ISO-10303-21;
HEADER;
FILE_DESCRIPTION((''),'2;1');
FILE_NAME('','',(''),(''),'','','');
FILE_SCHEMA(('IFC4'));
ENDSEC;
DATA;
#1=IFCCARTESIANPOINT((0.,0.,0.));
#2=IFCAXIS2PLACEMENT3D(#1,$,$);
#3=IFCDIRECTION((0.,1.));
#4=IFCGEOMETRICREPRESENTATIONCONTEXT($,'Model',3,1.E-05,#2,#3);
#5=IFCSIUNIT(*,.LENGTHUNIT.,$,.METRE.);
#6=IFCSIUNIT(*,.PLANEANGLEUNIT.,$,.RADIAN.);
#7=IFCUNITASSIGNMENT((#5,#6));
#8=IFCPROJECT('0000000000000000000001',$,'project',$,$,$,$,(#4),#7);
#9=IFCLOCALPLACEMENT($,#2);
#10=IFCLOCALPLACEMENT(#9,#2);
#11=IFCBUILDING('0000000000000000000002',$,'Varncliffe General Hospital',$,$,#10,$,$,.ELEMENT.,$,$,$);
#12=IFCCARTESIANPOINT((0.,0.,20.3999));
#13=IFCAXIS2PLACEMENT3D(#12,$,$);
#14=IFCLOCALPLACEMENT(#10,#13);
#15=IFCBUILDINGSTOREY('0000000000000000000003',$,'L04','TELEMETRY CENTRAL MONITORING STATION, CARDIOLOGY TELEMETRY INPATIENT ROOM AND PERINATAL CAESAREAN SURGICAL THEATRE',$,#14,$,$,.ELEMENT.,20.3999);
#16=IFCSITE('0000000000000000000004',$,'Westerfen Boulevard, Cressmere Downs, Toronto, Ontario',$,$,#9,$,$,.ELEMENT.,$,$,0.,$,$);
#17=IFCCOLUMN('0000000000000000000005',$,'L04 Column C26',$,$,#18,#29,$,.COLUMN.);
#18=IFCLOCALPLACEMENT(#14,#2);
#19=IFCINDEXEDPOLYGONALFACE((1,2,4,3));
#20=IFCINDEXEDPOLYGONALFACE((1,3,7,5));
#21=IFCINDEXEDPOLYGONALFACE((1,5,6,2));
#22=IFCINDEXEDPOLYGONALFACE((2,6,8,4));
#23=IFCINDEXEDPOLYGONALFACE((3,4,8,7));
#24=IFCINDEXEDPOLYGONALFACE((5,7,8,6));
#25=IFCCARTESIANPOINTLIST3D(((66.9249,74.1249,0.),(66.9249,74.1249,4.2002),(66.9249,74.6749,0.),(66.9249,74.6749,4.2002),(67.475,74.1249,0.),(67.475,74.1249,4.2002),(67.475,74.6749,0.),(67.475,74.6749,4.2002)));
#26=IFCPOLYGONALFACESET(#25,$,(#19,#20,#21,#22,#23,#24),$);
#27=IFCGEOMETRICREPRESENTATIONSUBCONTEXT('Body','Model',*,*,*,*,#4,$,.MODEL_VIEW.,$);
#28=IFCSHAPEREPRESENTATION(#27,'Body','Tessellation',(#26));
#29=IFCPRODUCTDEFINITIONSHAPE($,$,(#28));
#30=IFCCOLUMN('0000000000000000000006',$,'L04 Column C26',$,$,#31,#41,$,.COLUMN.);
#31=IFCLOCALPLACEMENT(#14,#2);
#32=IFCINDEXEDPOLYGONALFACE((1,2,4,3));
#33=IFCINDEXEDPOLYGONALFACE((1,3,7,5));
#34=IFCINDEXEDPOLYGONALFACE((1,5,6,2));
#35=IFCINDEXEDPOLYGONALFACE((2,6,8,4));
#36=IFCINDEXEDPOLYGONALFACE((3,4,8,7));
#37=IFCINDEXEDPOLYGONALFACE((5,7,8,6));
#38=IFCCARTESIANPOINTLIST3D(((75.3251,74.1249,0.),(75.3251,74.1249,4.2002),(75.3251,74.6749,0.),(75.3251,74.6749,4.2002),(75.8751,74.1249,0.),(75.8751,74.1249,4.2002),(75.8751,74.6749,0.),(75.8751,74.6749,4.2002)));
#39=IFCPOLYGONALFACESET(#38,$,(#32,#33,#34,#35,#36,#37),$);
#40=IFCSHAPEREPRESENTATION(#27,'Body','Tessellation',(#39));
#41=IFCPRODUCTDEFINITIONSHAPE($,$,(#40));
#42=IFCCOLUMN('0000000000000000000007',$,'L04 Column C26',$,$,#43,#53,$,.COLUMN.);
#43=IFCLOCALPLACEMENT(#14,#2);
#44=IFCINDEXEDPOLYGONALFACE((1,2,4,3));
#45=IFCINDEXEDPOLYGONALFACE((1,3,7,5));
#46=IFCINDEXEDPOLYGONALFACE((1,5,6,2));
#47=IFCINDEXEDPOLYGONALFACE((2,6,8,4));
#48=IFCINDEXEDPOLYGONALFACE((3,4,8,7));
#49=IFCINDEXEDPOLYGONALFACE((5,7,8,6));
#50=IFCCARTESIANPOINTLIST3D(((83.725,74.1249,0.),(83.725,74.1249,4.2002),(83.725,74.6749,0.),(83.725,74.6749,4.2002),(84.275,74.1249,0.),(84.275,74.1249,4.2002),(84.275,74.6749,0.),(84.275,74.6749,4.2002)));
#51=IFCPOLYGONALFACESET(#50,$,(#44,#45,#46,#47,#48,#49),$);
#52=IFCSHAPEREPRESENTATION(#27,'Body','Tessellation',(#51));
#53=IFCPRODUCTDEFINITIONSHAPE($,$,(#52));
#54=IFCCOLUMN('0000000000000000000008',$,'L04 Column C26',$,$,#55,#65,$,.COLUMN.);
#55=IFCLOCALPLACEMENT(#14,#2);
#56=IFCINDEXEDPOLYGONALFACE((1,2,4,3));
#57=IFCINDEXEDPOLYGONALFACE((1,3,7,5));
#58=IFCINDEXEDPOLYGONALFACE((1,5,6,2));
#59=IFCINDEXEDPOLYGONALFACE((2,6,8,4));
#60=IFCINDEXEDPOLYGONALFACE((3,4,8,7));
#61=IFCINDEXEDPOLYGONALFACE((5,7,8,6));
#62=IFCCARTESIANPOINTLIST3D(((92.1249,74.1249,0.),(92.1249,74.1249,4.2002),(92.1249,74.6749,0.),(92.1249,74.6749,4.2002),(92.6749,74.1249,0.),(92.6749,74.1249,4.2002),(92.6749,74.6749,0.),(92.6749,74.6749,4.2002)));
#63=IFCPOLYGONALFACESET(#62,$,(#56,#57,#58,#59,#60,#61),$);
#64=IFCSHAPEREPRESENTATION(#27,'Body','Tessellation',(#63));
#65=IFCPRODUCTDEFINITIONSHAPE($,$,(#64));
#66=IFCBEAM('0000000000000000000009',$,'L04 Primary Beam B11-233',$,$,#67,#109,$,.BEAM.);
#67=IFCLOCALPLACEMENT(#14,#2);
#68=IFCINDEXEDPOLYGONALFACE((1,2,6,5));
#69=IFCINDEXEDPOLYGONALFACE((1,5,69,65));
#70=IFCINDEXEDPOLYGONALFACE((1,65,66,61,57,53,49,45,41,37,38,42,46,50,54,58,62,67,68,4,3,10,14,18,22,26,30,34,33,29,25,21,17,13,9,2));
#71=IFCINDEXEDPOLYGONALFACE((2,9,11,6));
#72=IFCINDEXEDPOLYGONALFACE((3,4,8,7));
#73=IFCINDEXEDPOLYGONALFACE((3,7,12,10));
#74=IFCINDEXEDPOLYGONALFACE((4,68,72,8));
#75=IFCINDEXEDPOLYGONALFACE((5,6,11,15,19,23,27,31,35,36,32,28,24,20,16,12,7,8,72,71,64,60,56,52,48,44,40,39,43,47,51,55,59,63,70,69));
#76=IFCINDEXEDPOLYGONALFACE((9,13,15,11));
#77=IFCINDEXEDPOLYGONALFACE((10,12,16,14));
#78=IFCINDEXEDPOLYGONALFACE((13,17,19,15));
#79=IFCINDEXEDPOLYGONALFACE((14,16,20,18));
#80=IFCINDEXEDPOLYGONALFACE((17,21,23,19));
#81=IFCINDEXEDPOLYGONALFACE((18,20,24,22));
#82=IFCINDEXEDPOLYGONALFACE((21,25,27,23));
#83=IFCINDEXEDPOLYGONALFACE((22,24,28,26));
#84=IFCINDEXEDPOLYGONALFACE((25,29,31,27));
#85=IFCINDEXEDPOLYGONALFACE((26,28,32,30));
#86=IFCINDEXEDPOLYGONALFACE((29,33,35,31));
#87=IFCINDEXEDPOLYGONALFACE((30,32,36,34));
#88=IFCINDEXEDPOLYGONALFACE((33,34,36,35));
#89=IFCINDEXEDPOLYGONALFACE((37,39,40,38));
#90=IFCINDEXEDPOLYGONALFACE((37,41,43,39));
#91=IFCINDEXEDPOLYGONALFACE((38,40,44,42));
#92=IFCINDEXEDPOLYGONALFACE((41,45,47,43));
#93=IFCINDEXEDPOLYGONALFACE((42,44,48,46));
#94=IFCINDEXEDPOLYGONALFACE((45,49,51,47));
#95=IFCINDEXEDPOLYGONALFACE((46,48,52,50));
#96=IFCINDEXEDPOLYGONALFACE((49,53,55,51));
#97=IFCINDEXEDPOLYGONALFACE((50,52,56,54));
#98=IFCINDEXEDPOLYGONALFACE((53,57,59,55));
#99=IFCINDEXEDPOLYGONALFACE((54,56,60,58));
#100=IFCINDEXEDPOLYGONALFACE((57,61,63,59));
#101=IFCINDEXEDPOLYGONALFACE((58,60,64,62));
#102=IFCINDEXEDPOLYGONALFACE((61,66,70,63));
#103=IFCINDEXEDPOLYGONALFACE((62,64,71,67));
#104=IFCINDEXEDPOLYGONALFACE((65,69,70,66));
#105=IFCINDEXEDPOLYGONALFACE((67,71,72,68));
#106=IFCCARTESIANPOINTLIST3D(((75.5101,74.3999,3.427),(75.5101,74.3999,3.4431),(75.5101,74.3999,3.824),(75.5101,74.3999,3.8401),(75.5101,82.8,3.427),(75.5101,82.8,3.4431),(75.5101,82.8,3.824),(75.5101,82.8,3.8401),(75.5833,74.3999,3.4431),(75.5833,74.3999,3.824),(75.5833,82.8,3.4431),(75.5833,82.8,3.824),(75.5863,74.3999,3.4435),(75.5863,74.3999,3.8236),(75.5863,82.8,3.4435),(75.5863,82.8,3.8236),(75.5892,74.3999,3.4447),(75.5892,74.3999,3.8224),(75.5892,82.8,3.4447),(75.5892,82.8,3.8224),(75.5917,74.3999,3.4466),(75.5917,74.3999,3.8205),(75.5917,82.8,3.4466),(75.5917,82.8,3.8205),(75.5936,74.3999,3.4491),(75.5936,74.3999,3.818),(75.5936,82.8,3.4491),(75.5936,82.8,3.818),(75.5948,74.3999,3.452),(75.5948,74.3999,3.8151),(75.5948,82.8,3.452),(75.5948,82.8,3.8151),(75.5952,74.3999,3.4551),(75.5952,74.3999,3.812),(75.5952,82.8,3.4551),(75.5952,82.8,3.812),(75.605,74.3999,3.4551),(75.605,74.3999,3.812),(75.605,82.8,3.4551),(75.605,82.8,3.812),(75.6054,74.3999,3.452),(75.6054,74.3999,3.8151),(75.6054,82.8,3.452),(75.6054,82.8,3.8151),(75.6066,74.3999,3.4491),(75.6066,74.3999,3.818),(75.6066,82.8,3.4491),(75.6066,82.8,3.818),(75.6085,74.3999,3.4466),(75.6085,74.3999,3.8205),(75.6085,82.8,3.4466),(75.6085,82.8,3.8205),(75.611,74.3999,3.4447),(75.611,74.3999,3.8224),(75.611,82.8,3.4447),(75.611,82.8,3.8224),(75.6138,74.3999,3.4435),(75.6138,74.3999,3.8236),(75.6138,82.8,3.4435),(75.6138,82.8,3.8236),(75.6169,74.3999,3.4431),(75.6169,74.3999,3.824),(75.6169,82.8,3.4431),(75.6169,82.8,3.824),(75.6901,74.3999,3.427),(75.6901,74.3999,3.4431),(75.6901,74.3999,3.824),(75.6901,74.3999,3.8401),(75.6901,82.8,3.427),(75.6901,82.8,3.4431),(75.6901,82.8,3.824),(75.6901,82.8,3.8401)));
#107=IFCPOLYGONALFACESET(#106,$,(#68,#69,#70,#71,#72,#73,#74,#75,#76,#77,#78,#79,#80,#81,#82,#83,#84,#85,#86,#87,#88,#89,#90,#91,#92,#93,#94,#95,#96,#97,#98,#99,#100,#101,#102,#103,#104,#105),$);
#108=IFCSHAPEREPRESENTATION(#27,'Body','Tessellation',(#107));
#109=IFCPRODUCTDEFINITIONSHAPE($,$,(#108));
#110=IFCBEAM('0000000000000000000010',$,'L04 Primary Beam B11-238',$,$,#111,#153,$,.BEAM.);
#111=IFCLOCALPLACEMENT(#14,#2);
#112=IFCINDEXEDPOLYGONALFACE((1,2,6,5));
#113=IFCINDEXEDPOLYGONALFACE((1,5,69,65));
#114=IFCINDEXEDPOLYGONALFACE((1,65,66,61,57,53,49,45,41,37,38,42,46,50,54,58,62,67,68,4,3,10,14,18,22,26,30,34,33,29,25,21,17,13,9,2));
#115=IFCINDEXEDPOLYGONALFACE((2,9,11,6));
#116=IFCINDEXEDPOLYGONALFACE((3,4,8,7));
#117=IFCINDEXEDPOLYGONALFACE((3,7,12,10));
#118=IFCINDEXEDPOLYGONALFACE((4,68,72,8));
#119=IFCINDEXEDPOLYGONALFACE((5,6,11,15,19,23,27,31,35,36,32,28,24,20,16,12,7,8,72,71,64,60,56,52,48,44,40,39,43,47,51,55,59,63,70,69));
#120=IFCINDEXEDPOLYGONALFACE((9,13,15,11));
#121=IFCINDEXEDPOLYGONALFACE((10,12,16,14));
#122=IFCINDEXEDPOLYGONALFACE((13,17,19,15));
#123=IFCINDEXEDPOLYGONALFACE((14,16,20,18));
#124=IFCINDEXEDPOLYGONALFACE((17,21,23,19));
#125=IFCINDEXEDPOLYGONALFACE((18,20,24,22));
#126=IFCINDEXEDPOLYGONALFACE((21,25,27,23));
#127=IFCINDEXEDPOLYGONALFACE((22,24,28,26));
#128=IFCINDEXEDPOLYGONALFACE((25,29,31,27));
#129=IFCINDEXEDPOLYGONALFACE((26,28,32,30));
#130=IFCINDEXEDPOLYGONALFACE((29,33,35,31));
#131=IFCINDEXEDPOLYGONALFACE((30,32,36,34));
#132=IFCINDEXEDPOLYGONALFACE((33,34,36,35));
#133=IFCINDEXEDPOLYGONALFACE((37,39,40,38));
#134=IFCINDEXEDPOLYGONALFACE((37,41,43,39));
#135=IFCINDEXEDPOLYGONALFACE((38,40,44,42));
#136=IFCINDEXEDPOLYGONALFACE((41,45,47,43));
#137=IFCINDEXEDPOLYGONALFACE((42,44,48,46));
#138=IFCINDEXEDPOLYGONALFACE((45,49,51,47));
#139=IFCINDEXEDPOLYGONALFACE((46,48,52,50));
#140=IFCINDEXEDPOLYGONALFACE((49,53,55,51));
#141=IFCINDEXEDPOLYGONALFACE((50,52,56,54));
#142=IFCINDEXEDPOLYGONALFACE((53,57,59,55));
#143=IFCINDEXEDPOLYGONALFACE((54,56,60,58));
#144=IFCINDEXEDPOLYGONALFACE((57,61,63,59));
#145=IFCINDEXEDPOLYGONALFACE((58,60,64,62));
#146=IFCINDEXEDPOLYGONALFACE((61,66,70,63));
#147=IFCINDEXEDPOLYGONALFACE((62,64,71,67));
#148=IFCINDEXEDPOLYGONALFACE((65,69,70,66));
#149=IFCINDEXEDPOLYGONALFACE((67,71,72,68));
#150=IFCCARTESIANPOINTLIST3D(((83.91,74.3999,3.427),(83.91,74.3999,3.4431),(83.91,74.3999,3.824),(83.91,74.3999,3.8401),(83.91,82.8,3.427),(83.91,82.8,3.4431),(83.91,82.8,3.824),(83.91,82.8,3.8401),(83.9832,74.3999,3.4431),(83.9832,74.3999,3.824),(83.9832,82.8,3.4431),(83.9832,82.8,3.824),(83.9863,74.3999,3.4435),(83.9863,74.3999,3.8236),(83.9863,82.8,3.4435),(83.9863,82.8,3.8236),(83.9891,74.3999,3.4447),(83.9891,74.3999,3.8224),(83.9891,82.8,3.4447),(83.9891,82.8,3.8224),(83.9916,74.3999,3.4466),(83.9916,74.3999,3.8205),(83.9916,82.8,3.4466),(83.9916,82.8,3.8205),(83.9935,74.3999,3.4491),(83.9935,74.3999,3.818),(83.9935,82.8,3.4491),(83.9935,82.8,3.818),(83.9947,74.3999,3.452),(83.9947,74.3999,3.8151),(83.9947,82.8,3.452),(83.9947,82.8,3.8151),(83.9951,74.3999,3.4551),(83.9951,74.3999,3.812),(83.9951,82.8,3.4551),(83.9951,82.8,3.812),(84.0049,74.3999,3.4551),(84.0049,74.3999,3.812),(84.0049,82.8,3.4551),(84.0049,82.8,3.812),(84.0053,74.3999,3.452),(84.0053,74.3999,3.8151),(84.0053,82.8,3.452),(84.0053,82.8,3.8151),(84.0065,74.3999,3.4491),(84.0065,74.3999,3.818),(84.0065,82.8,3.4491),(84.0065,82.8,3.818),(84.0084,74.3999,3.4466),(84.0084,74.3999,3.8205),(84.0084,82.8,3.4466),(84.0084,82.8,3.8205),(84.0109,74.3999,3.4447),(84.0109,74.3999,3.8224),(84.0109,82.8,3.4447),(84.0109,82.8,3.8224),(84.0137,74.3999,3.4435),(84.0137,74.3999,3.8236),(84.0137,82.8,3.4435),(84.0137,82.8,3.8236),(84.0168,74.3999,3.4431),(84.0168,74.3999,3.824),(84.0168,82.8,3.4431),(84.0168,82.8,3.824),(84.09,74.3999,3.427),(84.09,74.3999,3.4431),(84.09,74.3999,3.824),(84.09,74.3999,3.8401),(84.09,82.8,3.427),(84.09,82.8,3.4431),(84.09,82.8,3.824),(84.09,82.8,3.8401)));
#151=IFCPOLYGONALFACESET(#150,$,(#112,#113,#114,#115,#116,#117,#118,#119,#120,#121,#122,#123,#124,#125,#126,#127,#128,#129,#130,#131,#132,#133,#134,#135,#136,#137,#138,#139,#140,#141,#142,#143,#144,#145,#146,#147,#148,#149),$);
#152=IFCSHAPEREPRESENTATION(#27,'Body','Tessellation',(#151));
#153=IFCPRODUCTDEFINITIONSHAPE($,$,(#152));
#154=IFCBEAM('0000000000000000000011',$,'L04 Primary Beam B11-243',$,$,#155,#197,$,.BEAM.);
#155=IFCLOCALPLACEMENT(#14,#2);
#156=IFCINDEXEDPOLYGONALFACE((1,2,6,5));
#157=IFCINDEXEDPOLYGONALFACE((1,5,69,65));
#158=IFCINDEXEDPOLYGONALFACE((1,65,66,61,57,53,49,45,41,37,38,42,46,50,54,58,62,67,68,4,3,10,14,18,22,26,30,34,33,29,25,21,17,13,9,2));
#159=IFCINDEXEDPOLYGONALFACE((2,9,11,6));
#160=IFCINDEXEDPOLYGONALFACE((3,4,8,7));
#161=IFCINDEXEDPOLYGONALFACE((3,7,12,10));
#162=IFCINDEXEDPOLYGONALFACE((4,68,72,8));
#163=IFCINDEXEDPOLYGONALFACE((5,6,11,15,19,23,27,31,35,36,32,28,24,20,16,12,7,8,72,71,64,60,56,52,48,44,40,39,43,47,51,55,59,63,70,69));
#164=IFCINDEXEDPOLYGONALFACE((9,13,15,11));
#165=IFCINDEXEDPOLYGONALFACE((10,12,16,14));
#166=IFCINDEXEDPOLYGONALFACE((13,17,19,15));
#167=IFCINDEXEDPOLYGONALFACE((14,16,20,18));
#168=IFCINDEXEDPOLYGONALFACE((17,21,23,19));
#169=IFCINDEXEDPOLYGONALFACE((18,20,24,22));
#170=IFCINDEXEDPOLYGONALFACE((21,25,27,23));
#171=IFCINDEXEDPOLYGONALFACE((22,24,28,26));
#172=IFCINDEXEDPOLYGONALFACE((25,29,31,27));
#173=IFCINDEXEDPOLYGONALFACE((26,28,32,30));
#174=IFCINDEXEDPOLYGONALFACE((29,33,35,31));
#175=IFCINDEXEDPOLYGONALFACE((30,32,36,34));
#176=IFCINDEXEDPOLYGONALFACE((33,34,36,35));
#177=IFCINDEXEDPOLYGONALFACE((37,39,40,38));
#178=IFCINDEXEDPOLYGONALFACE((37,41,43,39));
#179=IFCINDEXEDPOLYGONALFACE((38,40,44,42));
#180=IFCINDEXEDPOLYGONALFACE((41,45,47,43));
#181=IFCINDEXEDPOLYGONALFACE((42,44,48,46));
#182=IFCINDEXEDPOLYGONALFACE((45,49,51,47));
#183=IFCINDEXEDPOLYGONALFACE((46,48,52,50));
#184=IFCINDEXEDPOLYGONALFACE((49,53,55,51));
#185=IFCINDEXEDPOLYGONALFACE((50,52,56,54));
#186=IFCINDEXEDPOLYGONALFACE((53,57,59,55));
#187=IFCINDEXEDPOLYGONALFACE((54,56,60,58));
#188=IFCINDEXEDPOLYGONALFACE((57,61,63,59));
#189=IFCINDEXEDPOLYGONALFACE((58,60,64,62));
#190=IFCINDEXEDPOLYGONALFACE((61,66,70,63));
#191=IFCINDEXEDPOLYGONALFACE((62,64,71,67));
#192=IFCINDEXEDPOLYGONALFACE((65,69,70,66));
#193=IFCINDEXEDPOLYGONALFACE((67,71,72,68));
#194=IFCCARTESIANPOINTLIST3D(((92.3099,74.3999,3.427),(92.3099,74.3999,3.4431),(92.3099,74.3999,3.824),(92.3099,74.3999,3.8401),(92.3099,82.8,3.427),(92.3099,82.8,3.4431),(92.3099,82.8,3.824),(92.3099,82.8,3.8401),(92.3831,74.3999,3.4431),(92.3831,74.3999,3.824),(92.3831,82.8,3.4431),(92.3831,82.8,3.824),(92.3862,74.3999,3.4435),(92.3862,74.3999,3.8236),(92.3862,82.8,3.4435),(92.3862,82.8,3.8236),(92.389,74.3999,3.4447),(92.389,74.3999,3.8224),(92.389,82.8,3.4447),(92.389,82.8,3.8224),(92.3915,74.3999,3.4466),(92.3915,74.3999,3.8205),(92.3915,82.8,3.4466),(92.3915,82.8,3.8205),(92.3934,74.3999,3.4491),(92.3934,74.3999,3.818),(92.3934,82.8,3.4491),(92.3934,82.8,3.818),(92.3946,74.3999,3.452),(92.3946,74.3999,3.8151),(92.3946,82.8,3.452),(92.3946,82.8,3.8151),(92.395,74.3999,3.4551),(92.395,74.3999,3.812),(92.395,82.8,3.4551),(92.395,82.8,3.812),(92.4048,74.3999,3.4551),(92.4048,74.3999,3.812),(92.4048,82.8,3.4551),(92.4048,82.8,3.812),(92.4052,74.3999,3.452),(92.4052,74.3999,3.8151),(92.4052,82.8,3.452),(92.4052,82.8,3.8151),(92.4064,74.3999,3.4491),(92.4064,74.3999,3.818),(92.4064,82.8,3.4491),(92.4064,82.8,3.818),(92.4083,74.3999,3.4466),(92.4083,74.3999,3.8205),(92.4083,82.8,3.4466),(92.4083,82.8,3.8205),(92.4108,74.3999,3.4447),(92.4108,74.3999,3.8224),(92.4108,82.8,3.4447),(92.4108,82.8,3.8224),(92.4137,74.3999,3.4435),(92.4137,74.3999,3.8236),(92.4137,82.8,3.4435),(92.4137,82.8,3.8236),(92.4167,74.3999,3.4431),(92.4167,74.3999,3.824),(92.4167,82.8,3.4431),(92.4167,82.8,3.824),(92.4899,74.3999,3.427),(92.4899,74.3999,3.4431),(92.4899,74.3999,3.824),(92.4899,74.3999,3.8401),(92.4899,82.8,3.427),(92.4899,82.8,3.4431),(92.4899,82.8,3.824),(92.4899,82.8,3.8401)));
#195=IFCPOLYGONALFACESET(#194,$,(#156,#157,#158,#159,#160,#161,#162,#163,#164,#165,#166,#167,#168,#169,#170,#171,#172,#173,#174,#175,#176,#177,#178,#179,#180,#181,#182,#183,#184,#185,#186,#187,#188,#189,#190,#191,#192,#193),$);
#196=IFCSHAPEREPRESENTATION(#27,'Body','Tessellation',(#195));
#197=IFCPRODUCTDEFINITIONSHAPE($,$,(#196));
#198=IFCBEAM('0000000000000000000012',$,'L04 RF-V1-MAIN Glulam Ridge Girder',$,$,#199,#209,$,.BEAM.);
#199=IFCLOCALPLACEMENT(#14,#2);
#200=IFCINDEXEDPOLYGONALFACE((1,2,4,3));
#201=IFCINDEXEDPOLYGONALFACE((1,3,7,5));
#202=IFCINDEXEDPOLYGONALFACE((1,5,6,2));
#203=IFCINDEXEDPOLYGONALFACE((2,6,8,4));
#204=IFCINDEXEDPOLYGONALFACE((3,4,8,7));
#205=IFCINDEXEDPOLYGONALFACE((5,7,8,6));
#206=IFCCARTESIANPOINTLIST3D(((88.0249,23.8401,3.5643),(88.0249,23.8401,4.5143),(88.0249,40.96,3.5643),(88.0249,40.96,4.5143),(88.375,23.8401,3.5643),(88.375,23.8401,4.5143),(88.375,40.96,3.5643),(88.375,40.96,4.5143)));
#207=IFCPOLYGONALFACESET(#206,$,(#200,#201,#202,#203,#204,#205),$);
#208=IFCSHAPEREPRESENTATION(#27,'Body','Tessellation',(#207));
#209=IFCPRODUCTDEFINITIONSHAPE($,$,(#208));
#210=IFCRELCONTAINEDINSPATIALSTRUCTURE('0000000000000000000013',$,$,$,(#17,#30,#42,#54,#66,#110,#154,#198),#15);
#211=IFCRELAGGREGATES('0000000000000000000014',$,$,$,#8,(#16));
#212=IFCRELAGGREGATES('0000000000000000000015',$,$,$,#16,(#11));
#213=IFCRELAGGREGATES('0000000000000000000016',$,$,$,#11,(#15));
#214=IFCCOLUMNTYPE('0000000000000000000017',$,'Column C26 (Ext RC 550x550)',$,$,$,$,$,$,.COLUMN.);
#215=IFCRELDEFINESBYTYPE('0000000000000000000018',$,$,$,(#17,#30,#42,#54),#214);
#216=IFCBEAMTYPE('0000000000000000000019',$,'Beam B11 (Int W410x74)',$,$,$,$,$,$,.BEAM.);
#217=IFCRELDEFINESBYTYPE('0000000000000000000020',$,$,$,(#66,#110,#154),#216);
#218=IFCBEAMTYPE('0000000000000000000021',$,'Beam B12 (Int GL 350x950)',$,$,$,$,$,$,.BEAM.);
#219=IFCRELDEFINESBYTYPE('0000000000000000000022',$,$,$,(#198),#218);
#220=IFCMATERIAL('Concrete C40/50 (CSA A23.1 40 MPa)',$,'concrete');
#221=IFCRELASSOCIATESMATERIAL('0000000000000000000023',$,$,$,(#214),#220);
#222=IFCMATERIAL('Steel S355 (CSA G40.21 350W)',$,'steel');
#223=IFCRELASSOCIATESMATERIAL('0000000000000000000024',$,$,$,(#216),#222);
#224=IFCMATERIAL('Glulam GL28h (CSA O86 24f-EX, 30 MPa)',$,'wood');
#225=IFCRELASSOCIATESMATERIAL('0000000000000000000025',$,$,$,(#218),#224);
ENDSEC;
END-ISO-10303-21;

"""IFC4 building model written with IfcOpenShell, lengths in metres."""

from ifc_helpers import new_model, si_unit, direction, frame, origin, origin_2d, place, context, subcontext, project, spatial, rectangle, i_section, extrude, material, material_profile, profile_set, type_object, element, save


model = new_model("IFC4")

# Units and contexts
model_context = context("Model", 3, precision=1e-05, world=origin(), true_north=direction((0.0, 1.0)))
body_context = subcontext(model_context, "Body", "Model", "MODEL_VIEW")
ifc_project = project(units=[si_unit("LENGTHUNIT", "METRE"), si_unit("PLANEANGLEUNIT", "RADIAN")], contexts=[model_context])

# Site, building, storey
site_placement = place(None, origin())
site = spatial("IfcSite", under=ifc_project, at=site_placement, Name="Westerfen Boulevard, Cressmere Downs, Toronto, Ontario", CompositionType="ELEMENT", RefElevation=0.0)
building_placement = place(site_placement, origin())
building = spatial("IfcBuilding", under=site, at=building_placement, Name="Varncliffe General Hospital", CompositionType="ELEMENT")
storey_placement = place(building_placement, frame((0.0, 0.0, 20.3999)))
storey = spatial("IfcBuildingStorey", under=building, at=storey_placement, Name="L04", Description="TELEMETRY CENTRAL MONITORING STATION, CARDIOLOGY TELEMETRY INPATIENT ROOM AND PERINATAL CAESAREAN SURGICAL THEATRE", CompositionType="ELEMENT", Elevation=20.3999)

# Columns
ifc_material_1 = material(Name="Concrete C40/50 (CSA A23.1 40 MPa)", Category="concrete")
ifc_material_profile_1 = material_profile(ifc_material_1, rectangle(XDim=0.55, YDim=0.55, at=origin_2d()), Name="RC 550x550")
ifc_profile_set_1 = profile_set([ifc_material_profile_1], Name="Concrete C40/50 (CSA A23.1 40 MPa)")
column_type = type_object("IfcColumnType", Name="Column C26 (Ext RC 550x550)", PredefinedType="COLUMN", material=ifc_profile_set_1)
for number, where, z_axis, x_axis, name in (
    (1, (67.2, 74.3999, 0.0), (0.0, 0.0, 1.0), (1.0, 0.0, 0.0), "L04 Column C26"),
    (2, (75.6001, 74.3999, 0.0), (0.0, 0.0, 1.0), (1.0, 0.0, 0.0), "L04 Column C26"),
    (3, (84.0, 74.3999, 0.0), (0.0, 0.0, 1.0), (1.0, 0.0, 0.0), "L04 Column C26"),
    (4, (92.3999, 74.3999, 0.0), (0.0, 0.0, 1.0), (1.0, 0.0, 0.0), "L04 Column C26"),
):
    element("IfcColumn", number, at=place(storey_placement, frame(where, z_axis=z_axis, x_axis=x_axis)), inside=storey, type_object=column_type, Name=name, PredefinedType="COLUMN", context=body_context, shape_type="SweptSolid", body=[
        extrude(rectangle(XDim=0.55, YDim=0.55, at=origin_2d()), origin(), (0.0, 0.0, 1.0), 4.2002),
    ])

# Beams
ifc_material_2 = material(Name="Steel S355 (CSA G40.21 350W)", Category="steel")
ifc_material_profile_2 = material_profile(ifc_material_2, i_section(OverallWidth=0.1799, OverallDepth=0.4131, WebThickness=0.0098, FlangeThickness=0.0161, FilletRadius=0.012, at=origin_2d()), Name="W410x74")
ifc_profile_set_2 = profile_set([ifc_material_profile_2], Name="Steel S355 (CSA G40.21 350W)")
beam_type_1 = type_object("IfcBeamType", Name="Beam B11 (Int W410x74)", PredefinedType="BEAM", material=ifc_profile_set_2)
for number, where, z_axis, x_axis, name in (
    (5, (75.6001, 74.3999, 3.6335), (0.0, 1.0, 0.0), (-1.0, 0.0, 0.0), "L04 Primary Beam B11-233"),
    (6, (84.0, 74.3999, 3.6335), (0.0, 1.0, 0.0), (-1.0, 0.0, 0.0), "L04 Primary Beam B11-238"),
    (7, (92.3999, 74.3999, 3.6335), (0.0, 1.0, 0.0), (-1.0, 0.0, 0.0), "L04 Primary Beam B11-243"),
):
    element("IfcBeam", number, at=place(storey_placement, frame(where, z_axis=z_axis, x_axis=x_axis)), inside=storey, type_object=beam_type_1, Name=name, PredefinedType="BEAM", context=body_context, shape_type="SweptSolid", body=[
        extrude(i_section(OverallWidth=0.1799, OverallDepth=0.4131, WebThickness=0.0098, FlangeThickness=0.0161, FilletRadius=0.012, at=origin_2d()), origin(), (0.0, 0.0, 1.0), 8.4001),
    ])
ifc_material_3 = material(Name="Glulam GL28h (CSA O86 24f-EX, 30 MPa)", Category="wood")
ifc_material_profile_3 = material_profile(ifc_material_3, rectangle(XDim=0.3501, YDim=0.95, at=origin_2d()), Name="GL 350x950")
ifc_profile_set_3 = profile_set([ifc_material_profile_3], Name="Glulam GL28h (CSA O86 24f-EX, 30 MPa)")
beam_type_2 = type_object("IfcBeamType", Name="Beam B12 (Int GL 350x950)", PredefinedType="BEAM", material=ifc_profile_set_3)
beam_1_placement = place(storey_placement, frame((88.2, 23.8401, 4.0393), z_axis=(0.0, 1.0, 0.0), x_axis=(-1.0, 0.0, 0.0)))
element("IfcBeam", 8, at=beam_1_placement, inside=storey, type_object=beam_type_2, Name="L04 RF-V1-MAIN Glulam Ridge Girder", PredefinedType="BEAM", context=body_context, shape_type="SweptSolid", body=[
    extrude(rectangle(XDim=0.3501, YDim=0.95, at=origin_2d()), origin(), (0.0, 0.0, 1.0), 17.1199),
])

save(model, "model.ifc")
